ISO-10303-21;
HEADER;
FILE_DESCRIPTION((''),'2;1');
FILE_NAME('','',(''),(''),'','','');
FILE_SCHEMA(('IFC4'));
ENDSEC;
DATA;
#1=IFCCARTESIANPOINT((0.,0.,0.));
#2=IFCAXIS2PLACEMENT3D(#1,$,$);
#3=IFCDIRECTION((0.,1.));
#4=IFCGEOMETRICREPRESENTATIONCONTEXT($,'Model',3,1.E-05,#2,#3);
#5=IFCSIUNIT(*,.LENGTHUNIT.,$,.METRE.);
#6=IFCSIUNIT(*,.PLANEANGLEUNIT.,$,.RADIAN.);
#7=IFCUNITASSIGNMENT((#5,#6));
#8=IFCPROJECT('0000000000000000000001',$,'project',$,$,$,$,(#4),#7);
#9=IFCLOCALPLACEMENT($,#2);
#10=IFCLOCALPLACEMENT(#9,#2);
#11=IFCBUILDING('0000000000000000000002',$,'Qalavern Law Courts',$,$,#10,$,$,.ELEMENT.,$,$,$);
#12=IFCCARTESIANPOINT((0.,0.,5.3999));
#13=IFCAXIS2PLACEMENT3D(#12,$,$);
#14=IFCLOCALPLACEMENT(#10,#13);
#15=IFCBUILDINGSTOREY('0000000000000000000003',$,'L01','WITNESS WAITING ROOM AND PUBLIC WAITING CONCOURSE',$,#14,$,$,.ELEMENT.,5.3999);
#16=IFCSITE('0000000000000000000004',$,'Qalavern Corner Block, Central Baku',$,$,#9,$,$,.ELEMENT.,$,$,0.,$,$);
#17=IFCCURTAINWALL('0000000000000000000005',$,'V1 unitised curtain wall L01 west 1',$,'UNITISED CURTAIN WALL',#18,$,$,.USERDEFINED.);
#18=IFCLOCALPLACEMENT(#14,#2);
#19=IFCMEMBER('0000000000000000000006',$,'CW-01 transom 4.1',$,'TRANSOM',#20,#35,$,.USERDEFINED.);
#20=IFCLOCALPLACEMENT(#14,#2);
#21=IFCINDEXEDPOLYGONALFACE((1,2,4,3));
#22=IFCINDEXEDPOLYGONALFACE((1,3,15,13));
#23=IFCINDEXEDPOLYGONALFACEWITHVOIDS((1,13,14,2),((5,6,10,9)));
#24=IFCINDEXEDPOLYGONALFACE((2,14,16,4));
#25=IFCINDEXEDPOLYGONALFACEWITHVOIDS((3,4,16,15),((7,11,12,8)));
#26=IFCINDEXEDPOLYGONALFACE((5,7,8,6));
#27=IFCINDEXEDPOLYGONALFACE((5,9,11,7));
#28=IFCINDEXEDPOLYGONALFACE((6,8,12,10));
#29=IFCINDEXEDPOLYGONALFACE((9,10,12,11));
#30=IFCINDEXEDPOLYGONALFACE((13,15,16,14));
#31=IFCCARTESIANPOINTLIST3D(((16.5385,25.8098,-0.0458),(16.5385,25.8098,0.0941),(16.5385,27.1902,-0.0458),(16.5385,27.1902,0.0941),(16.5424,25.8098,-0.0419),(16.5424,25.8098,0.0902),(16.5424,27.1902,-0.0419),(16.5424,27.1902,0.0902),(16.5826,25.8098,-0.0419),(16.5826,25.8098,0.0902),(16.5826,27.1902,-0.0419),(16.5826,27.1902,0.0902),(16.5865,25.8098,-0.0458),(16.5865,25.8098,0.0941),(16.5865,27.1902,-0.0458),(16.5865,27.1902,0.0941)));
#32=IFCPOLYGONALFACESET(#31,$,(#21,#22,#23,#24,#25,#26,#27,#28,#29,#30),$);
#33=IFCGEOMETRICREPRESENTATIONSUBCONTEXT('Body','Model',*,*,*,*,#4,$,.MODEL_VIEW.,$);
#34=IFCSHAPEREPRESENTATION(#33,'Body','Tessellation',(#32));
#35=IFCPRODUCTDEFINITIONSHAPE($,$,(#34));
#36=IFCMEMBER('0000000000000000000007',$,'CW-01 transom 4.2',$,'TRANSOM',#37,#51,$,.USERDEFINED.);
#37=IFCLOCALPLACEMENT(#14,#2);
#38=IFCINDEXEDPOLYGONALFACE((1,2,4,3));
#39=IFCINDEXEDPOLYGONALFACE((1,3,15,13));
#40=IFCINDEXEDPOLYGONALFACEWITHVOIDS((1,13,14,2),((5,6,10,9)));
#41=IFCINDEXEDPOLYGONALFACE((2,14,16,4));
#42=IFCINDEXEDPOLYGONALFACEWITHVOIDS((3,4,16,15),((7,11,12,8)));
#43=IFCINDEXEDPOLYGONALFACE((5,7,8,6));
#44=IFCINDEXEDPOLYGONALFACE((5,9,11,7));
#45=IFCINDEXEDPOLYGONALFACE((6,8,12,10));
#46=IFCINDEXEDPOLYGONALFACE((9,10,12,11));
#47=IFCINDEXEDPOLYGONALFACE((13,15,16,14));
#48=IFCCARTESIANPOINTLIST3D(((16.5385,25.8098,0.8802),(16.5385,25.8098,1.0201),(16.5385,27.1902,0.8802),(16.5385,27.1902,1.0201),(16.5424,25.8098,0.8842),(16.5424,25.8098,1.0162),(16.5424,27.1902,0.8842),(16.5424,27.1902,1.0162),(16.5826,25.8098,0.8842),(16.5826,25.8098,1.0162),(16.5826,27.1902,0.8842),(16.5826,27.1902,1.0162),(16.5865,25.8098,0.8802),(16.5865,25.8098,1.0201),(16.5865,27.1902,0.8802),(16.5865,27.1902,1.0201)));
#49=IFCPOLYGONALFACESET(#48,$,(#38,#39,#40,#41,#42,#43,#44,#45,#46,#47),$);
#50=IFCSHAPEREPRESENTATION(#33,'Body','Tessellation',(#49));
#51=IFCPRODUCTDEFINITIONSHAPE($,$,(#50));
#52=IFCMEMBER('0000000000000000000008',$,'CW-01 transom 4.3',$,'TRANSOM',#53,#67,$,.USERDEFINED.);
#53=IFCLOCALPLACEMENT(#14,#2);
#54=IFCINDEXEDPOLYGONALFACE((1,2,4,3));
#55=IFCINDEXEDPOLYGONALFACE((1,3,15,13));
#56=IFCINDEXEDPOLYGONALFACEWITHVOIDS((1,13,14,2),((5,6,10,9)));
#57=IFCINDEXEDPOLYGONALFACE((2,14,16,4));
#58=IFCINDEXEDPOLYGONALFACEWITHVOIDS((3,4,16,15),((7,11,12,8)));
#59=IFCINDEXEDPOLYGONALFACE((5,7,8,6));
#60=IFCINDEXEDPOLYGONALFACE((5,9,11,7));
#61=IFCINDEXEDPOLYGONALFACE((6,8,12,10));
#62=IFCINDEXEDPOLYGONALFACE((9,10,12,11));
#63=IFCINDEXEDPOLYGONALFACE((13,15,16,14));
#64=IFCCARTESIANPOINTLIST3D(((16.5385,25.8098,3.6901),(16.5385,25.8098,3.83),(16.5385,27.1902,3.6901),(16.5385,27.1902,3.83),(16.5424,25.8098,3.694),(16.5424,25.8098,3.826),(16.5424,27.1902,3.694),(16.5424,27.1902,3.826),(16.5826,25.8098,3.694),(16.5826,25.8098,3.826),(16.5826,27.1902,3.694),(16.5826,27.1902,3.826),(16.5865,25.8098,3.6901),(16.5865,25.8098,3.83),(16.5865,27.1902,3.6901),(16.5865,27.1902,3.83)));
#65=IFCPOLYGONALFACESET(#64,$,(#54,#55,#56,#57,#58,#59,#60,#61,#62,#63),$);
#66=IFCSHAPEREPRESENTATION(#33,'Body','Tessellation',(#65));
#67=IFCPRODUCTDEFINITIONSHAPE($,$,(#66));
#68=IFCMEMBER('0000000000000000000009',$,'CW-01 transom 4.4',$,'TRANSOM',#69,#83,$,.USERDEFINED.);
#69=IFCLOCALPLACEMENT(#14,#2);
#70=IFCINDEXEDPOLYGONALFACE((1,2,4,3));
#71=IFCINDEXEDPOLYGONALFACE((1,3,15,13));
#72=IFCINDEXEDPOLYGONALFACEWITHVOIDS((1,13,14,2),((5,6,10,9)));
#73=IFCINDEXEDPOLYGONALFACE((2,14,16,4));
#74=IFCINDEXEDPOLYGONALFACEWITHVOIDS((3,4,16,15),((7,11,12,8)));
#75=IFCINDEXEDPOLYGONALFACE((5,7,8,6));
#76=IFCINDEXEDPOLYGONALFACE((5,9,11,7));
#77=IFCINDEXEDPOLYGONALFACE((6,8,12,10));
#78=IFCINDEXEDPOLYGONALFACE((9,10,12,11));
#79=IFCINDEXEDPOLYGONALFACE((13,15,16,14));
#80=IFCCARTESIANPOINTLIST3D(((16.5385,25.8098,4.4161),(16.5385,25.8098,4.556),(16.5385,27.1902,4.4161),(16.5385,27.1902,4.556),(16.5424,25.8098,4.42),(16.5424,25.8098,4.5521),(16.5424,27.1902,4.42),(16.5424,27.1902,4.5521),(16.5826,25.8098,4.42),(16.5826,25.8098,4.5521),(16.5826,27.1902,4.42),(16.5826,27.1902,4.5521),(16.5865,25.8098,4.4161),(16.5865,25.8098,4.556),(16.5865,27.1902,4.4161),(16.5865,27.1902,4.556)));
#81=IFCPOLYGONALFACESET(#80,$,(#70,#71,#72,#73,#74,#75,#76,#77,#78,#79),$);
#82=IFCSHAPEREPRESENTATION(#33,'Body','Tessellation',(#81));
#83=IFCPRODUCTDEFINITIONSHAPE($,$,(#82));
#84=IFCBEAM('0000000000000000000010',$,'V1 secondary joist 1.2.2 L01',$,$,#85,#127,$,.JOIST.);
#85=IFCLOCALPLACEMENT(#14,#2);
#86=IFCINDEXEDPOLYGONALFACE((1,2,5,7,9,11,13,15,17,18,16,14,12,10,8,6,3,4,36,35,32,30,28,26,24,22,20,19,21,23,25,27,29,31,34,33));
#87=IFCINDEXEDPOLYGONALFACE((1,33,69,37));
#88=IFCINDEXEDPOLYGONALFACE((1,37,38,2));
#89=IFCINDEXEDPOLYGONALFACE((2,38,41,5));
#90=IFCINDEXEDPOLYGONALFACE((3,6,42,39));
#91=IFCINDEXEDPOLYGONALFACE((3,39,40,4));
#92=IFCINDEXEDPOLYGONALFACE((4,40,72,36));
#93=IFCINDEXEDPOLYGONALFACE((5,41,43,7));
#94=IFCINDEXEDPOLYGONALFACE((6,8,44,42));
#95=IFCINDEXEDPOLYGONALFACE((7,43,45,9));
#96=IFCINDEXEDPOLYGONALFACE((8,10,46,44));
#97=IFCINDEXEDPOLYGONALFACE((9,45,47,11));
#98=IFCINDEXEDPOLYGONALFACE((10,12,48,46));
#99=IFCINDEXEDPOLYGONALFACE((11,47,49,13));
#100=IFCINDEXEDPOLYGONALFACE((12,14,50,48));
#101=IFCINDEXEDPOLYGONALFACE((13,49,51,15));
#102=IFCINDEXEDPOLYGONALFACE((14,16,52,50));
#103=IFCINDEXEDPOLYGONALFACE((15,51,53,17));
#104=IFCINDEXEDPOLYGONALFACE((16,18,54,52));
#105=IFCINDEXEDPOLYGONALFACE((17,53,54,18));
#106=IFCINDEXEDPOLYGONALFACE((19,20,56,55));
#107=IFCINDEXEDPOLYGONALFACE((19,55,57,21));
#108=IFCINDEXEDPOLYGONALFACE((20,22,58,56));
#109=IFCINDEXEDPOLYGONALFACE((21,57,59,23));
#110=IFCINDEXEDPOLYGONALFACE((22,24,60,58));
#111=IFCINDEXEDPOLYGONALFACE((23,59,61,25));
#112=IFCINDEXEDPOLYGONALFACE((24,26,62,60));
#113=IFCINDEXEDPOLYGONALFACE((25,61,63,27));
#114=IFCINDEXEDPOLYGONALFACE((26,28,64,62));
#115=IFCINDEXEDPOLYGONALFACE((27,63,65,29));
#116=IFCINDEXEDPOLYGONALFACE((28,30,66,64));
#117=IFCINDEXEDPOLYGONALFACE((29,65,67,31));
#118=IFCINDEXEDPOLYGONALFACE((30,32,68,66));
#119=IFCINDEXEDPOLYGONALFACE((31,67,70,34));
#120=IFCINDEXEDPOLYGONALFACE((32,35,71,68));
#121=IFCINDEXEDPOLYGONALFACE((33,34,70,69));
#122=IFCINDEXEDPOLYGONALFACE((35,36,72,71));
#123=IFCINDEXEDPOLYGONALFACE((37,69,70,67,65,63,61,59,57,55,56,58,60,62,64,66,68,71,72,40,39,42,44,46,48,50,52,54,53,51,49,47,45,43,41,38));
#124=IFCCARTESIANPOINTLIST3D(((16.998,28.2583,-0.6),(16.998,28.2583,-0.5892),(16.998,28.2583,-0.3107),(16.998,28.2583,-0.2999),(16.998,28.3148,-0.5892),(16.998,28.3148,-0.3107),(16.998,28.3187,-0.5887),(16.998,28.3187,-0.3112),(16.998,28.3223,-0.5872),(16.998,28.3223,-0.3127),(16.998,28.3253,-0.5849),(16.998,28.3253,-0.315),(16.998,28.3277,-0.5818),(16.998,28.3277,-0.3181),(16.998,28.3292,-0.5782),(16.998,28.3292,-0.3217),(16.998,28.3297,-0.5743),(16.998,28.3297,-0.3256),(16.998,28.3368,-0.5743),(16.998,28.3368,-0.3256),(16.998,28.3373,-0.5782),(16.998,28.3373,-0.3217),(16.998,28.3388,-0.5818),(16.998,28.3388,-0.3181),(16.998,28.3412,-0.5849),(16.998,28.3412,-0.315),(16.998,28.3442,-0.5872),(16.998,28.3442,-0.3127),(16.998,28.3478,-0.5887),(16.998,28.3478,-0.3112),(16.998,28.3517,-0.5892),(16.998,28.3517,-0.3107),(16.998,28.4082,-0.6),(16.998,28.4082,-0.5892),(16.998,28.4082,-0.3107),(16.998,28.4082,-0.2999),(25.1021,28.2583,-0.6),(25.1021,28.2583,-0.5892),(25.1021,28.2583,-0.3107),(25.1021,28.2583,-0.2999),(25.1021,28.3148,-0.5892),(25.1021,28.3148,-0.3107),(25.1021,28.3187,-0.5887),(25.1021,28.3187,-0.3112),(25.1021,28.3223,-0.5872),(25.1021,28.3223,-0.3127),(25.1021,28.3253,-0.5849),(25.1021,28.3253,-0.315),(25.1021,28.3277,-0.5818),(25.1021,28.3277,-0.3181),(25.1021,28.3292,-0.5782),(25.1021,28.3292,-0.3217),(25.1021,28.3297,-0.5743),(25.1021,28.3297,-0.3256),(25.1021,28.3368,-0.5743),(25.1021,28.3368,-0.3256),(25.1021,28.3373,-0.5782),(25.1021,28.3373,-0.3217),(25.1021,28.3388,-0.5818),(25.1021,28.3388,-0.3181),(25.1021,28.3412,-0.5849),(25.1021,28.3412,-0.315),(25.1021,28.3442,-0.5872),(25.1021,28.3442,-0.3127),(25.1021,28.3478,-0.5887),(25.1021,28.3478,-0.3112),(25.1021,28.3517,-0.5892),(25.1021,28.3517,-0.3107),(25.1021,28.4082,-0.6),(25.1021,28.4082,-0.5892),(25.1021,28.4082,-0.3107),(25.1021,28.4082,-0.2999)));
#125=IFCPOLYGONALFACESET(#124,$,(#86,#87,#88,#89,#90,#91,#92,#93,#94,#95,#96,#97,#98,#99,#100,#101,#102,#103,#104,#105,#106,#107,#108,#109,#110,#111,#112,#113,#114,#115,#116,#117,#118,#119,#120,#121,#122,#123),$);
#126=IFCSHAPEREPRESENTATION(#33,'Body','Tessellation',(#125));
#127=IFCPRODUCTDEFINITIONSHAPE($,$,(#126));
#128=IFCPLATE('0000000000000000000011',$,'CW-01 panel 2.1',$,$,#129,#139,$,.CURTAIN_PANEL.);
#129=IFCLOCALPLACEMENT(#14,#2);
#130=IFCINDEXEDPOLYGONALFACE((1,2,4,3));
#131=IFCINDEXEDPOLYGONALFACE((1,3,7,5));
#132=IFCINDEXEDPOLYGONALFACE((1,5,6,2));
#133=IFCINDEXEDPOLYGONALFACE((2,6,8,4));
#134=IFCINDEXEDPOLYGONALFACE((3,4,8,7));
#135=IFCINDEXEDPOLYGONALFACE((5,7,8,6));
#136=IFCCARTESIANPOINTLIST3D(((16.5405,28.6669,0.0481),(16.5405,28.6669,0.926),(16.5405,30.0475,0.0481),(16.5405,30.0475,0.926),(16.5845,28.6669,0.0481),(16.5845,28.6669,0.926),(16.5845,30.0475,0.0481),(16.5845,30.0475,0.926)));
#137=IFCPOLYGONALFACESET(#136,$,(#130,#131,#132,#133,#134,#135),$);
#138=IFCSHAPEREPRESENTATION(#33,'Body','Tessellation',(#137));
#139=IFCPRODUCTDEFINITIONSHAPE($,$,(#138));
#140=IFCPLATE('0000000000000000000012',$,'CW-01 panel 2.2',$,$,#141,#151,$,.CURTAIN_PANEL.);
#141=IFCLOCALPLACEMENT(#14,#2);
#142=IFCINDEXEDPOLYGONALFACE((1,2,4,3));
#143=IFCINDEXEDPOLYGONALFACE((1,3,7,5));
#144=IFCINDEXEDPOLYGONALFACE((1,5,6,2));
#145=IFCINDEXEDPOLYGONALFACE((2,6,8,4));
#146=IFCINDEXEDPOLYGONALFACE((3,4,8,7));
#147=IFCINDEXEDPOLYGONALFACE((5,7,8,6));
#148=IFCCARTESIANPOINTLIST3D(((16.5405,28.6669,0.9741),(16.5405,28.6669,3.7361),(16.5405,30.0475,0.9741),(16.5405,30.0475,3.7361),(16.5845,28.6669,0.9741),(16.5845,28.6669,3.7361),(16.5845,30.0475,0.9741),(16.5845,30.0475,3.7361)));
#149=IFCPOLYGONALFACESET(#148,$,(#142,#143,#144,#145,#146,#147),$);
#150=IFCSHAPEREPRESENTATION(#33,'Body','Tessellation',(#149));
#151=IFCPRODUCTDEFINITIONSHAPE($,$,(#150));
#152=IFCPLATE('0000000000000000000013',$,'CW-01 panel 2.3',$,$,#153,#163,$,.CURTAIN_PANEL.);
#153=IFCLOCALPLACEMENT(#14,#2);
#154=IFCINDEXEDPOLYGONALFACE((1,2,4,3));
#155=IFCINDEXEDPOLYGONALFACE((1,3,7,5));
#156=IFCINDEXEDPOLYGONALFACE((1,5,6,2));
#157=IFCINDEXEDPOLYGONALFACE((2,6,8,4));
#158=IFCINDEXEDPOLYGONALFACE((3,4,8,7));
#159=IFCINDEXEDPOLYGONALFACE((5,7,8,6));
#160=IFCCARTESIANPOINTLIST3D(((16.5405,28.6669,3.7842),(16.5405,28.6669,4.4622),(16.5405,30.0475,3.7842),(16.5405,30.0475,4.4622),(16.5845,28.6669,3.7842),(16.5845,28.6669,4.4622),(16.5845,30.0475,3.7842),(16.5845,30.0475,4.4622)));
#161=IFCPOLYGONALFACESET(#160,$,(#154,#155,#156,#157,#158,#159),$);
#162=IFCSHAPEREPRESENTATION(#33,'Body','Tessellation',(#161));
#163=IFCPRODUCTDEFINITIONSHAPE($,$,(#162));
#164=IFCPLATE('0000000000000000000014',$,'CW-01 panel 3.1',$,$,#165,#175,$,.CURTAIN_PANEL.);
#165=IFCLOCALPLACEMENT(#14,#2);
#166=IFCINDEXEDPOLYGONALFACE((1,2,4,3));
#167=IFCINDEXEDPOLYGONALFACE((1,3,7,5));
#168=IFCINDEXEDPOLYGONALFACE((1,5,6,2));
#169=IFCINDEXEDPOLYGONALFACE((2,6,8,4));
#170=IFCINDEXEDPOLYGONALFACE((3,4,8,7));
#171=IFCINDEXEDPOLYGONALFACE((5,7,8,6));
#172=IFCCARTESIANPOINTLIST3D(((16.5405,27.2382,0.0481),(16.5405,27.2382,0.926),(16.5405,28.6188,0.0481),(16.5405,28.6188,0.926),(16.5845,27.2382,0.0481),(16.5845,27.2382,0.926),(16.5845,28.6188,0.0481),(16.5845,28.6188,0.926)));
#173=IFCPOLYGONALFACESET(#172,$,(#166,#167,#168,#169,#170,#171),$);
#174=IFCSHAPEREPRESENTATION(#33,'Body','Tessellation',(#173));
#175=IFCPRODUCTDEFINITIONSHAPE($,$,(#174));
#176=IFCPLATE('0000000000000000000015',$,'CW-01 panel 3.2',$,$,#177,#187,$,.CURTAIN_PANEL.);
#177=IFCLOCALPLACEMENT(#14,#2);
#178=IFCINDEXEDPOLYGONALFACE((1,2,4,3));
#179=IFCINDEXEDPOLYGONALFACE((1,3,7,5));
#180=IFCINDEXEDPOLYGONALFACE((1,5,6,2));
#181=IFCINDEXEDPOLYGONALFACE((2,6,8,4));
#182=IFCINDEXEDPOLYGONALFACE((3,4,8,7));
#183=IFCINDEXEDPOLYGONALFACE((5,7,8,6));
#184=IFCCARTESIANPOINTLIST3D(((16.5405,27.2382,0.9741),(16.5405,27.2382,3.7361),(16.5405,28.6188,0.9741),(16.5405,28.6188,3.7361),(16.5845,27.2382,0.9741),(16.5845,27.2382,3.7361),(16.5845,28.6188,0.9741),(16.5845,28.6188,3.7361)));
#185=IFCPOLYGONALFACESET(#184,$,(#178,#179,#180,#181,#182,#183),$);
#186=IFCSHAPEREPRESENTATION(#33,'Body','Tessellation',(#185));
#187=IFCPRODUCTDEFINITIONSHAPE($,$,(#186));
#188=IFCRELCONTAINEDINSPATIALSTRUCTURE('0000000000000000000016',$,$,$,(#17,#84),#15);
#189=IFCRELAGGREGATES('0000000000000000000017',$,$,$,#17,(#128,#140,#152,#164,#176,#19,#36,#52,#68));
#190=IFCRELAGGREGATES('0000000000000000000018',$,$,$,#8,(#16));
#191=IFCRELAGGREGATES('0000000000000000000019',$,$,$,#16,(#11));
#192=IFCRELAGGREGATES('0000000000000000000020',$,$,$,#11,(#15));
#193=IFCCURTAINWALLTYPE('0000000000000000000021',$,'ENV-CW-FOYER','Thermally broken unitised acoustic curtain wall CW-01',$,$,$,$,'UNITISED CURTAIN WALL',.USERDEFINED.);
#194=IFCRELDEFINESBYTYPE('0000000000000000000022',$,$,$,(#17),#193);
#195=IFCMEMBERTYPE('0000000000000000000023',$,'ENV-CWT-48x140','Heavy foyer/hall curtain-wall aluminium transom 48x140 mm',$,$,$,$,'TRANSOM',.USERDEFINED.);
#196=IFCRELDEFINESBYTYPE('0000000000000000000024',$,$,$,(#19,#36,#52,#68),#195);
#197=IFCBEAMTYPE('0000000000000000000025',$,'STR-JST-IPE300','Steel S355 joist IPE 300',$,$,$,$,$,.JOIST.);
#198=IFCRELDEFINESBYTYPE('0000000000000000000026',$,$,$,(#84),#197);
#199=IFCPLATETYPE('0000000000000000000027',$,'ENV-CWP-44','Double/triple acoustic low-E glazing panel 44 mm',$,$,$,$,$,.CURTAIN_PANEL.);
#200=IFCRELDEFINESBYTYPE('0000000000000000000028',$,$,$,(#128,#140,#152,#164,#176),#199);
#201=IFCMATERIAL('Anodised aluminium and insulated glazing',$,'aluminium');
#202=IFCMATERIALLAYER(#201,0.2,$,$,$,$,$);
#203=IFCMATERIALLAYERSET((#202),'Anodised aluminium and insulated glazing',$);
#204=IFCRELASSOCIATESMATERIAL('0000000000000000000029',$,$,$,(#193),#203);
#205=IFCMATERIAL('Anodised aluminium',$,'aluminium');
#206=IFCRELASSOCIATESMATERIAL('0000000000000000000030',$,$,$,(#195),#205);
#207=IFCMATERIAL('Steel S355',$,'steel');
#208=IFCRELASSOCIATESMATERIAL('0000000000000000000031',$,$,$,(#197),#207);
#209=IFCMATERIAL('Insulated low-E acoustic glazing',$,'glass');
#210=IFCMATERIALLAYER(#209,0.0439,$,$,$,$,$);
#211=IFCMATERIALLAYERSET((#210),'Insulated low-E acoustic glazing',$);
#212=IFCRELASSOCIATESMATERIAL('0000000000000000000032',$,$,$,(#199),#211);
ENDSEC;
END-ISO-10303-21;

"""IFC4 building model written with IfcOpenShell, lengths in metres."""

from ifc_helpers import new_model, si_unit, direction, frame, origin, origin_2d, place, context, subcontext, project, spatial, rectangle, hollow_rectangle, i_section, extrude, material, layer, layer_set, material_profile, profile_set, type_object, element, aggregate, save


model = new_model("IFC4")

# Units and contexts
model_context = context("Model", 3, precision=1e-05, world=origin(), true_north=direction((0.0, 1.0)))
body_context = subcontext(model_context, "Body", "Model", "MODEL_VIEW")
ifc_project = project(units=[si_unit("LENGTHUNIT", "METRE"), si_unit("PLANEANGLEUNIT", "RADIAN")], contexts=[model_context])

# Site, building, storey
site_placement = place(None, origin())
site = spatial("IfcSite", under=ifc_project, at=site_placement, Name="Qalavern Corner Block, Central Baku", CompositionType="ELEMENT", RefElevation=0.0)
building_placement = place(site_placement, origin())
building = spatial("IfcBuilding", under=site, at=building_placement, Name="Qalavern Law Courts", CompositionType="ELEMENT")
storey_placement = place(building_placement, frame((0.0, 0.0, 5.3999)))
storey = spatial("IfcBuildingStorey", under=building, at=storey_placement, Name="L01", Description="WITNESS WAITING ROOM AND PUBLIC WAITING CONCOURSE", CompositionType="ELEMENT", Elevation=5.3999)

# Curtain wall, members
ifc_material_1 = material(Name="Anodised aluminium and insulated glazing", Category="aluminium")
ifc_layer_1 = layer(ifc_material_1, 0.2)
ifc_layer_set_1 = layer_set([ifc_layer_1], Name="Anodised aluminium and insulated glazing")
curtain_wall_type = type_object("IfcCurtainWallType", Name="ENV-CW-FOYER", Description="Thermally broken unitised acoustic curtain wall CW-01", ElementType="UNITISED CURTAIN WALL", PredefinedType="USERDEFINED", material=ifc_layer_set_1)
curtain_wall_placement = place(storey_placement, origin())
curtain_wall = element("IfcCurtainWall", 1, at=curtain_wall_placement, inside=storey, type_object=curtain_wall_type, Name="V1 unitised curtain wall L01 west 1", ObjectType="UNITISED CURTAIN WALL", PredefinedType="USERDEFINED")
ifc_material_2 = material(Name="Anodised aluminium", Category="aluminium")
ifc_material_profile_1 = material_profile(ifc_material_2, hollow_rectangle(XDim=0.0481, YDim=0.1399, WallThickness=0.0039, at=origin_2d()), Name="ALU TRANSOM 48x140")
ifc_profile_set_1 = profile_set([ifc_material_profile_1], Name="Anodised aluminium")
member_type_1 = type_object("IfcMemberType", Name="ENV-CWT-48x140", Description="Heavy foyer/hall curtain-wall aluminium transom 48x140 mm", ElementType="TRANSOM", PredefinedType="USERDEFINED", material=ifc_profile_set_1)
member_1_placement = place(storey_placement, frame((16.5625, 27.1902, 0.0242), z_axis=(0.0, -1.0, 0.0), x_axis=(1.0, 0.0, 0.0)))
member_1 = element("IfcMember", 2, at=member_1_placement, type_object=member_type_1, Name="CW-01 transom 4.1", ObjectType="TRANSOM", PredefinedType="USERDEFINED", context=body_context, shape_type="SweptSolid", body=[
    extrude(hollow_rectangle(XDim=0.0481, YDim=0.1399, WallThickness=0.0039, at=origin_2d()), origin(), (0.0, 0.0, 1.0), 1.3804),
])
member_2_placement = place(storey_placement, frame((16.5625, 27.1902, 0.9502), z_axis=(0.0, -1.0, 0.0), x_axis=(1.0, 0.0, 0.0)))
member_2 = element("IfcMember", 3, at=member_2_placement, type_object=member_type_1, Name="CW-01 transom 4.2", ObjectType="TRANSOM", PredefinedType="USERDEFINED", context=body_context, shape_type="SweptSolid", body=[
    extrude(hollow_rectangle(XDim=0.0481, YDim=0.1399, WallThickness=0.0039, at=origin_2d()), origin(), (0.0, 0.0, 1.0), 1.3804),
])
member_3_placement = place(storey_placement, frame((16.5625, 27.1902, 3.76), z_axis=(0.0, -1.0, 0.0), x_axis=(1.0, 0.0, 0.0)))
member_3 = element("IfcMember", 4, at=member_3_placement, type_object=member_type_1, Name="CW-01 transom 4.3", ObjectType="TRANSOM", PredefinedType="USERDEFINED", context=body_context, shape_type="SweptSolid", body=[
    extrude(hollow_rectangle(XDim=0.0481, YDim=0.1399, WallThickness=0.0039, at=origin_2d()), origin(), (0.0, 0.0, 1.0), 1.3804),
])
member_4_placement = place(storey_placement, frame((16.5625, 27.1902, 4.4861), z_axis=(0.0, -1.0, 0.0), x_axis=(1.0, 0.0, 0.0)))
member_4 = element("IfcMember", 5, at=member_4_placement, type_object=member_type_1, Name="CW-01 transom 4.4", ObjectType="TRANSOM", PredefinedType="USERDEFINED", context=body_context, shape_type="SweptSolid", body=[
    extrude(hollow_rectangle(XDim=0.0481, YDim=0.1399, WallThickness=0.0039, at=origin_2d()), origin(), (0.0, 0.0, 1.0), 1.3804),
])

# Beam
ifc_material_3 = material(Name="Steel S355", Category="steel")
ifc_material_profile_2 = material_profile(ifc_material_3, i_section(OverallWidth=0.1499, OverallDepth=0.3, WebThickness=0.0071, FlangeThickness=0.0107, FilletRadius=0.0149, at=origin_2d()), Name="IPE 300")
ifc_profile_set_2 = profile_set([ifc_material_profile_2], Name="Steel S355")
beam_type = type_object("IfcBeamType", Name="STR-JST-IPE300", Description="Steel S355 joist IPE 300", PredefinedType="JOIST", material=ifc_profile_set_2)
beam_placement = place(storey_placement, frame((16.998, 28.3333, -0.45), z_axis=(1.0, 0.0, 0.0), x_axis=(0.0, 1.0, 0.0)))
element("IfcBeam", 6, at=beam_placement, inside=storey, type_object=beam_type, Name="V1 secondary joist 1.2.2 L01", PredefinedType="JOIST", context=body_context, shape_type="SweptSolid", body=[
    extrude(i_section(OverallWidth=0.1499, OverallDepth=0.3, WebThickness=0.0071, FlangeThickness=0.0107, FilletRadius=0.0149, at=origin_2d()), origin(), (0.0, 0.0, 1.0), 8.104),
])

# Plates
ifc_material_4 = material(Name="Insulated low-E acoustic glazing", Category="glass")
ifc_layer_2 = layer(ifc_material_4, 0.0439)
ifc_layer_set_2 = layer_set([ifc_layer_2], Name="Insulated low-E acoustic glazing")
plate_type = type_object("IfcPlateType", Name="ENV-CWP-44", Description="Double/triple acoustic low-E glazing panel 44 mm", PredefinedType="CURTAIN_PANEL", material=ifc_layer_set_2)
plate_1_placement = place(storey_placement, frame((16.5625, 29.3572, 0.0481), z_axis=(0.0, 0.0, 1.0), x_axis=(0.0, -1.0, 0.0)))
plate_1 = element("IfcPlate", 7, at=plate_1_placement, type_object=plate_type, Name="CW-01 panel 2.1", PredefinedType="CURTAIN_PANEL", context=body_context, shape_type="SweptSolid", body=[
    extrude(rectangle(XDim=1.3806, YDim=0.0439, at=origin_2d()), origin(), (0.0, 0.0, 1.0), 0.8779),
])
plate_2_placement = place(storey_placement, frame((16.5625, 29.3572, 0.9741), z_axis=(0.0, 0.0, 1.0), x_axis=(0.0, -1.0, 0.0)))
plate_2 = element("IfcPlate", 8, at=plate_2_placement, type_object=plate_type, Name="CW-01 panel 2.2", PredefinedType="CURTAIN_PANEL", context=body_context, shape_type="SweptSolid", body=[
    extrude(rectangle(XDim=1.3806, YDim=0.0439, at=origin_2d()), origin(), (0.0, 0.0, 1.0), 2.762),
])
plate_3_placement = place(storey_placement, frame((16.5625, 29.3572, 3.7842), z_axis=(0.0, 0.0, 1.0), x_axis=(0.0, -1.0, 0.0)))
plate_3 = element("IfcPlate", 9, at=plate_3_placement, type_object=plate_type, Name="CW-01 panel 2.3", PredefinedType="CURTAIN_PANEL", context=body_context, shape_type="SweptSolid", body=[
    extrude(rectangle(XDim=1.3806, YDim=0.0439, at=origin_2d()), origin(), (0.0, 0.0, 1.0), 0.678),
])
plate_4_placement = place(storey_placement, frame((16.5625, 27.9285, 0.0481), z_axis=(0.0, 0.0, 1.0), x_axis=(0.0, -1.0, 0.0)))
plate_4 = element("IfcPlate", 10, at=plate_4_placement, type_object=plate_type, Name="CW-01 panel 3.1", PredefinedType="CURTAIN_PANEL", context=body_context, shape_type="SweptSolid", body=[
    extrude(rectangle(XDim=1.3806, YDim=0.0439, at=origin_2d()), origin(), (0.0, 0.0, 1.0), 0.8779),
])
plate_5_placement = place(storey_placement, frame((16.5625, 27.9285, 0.9741), z_axis=(0.0, 0.0, 1.0), x_axis=(0.0, -1.0, 0.0)))
plate_5 = element("IfcPlate", 11, at=plate_5_placement, type_object=plate_type, Name="CW-01 panel 3.2", PredefinedType="CURTAIN_PANEL", context=body_context, shape_type="SweptSolid", body=[
    extrude(rectangle(XDim=1.3806, YDim=0.0439, at=origin_2d()), origin(), (0.0, 0.0, 1.0), 2.762),
])
aggregate(curtain_wall, [plate_1, plate_2, plate_3, plate_4, plate_5, member_1, member_2, member_3, member_4])

save(model, "model.ifc")
